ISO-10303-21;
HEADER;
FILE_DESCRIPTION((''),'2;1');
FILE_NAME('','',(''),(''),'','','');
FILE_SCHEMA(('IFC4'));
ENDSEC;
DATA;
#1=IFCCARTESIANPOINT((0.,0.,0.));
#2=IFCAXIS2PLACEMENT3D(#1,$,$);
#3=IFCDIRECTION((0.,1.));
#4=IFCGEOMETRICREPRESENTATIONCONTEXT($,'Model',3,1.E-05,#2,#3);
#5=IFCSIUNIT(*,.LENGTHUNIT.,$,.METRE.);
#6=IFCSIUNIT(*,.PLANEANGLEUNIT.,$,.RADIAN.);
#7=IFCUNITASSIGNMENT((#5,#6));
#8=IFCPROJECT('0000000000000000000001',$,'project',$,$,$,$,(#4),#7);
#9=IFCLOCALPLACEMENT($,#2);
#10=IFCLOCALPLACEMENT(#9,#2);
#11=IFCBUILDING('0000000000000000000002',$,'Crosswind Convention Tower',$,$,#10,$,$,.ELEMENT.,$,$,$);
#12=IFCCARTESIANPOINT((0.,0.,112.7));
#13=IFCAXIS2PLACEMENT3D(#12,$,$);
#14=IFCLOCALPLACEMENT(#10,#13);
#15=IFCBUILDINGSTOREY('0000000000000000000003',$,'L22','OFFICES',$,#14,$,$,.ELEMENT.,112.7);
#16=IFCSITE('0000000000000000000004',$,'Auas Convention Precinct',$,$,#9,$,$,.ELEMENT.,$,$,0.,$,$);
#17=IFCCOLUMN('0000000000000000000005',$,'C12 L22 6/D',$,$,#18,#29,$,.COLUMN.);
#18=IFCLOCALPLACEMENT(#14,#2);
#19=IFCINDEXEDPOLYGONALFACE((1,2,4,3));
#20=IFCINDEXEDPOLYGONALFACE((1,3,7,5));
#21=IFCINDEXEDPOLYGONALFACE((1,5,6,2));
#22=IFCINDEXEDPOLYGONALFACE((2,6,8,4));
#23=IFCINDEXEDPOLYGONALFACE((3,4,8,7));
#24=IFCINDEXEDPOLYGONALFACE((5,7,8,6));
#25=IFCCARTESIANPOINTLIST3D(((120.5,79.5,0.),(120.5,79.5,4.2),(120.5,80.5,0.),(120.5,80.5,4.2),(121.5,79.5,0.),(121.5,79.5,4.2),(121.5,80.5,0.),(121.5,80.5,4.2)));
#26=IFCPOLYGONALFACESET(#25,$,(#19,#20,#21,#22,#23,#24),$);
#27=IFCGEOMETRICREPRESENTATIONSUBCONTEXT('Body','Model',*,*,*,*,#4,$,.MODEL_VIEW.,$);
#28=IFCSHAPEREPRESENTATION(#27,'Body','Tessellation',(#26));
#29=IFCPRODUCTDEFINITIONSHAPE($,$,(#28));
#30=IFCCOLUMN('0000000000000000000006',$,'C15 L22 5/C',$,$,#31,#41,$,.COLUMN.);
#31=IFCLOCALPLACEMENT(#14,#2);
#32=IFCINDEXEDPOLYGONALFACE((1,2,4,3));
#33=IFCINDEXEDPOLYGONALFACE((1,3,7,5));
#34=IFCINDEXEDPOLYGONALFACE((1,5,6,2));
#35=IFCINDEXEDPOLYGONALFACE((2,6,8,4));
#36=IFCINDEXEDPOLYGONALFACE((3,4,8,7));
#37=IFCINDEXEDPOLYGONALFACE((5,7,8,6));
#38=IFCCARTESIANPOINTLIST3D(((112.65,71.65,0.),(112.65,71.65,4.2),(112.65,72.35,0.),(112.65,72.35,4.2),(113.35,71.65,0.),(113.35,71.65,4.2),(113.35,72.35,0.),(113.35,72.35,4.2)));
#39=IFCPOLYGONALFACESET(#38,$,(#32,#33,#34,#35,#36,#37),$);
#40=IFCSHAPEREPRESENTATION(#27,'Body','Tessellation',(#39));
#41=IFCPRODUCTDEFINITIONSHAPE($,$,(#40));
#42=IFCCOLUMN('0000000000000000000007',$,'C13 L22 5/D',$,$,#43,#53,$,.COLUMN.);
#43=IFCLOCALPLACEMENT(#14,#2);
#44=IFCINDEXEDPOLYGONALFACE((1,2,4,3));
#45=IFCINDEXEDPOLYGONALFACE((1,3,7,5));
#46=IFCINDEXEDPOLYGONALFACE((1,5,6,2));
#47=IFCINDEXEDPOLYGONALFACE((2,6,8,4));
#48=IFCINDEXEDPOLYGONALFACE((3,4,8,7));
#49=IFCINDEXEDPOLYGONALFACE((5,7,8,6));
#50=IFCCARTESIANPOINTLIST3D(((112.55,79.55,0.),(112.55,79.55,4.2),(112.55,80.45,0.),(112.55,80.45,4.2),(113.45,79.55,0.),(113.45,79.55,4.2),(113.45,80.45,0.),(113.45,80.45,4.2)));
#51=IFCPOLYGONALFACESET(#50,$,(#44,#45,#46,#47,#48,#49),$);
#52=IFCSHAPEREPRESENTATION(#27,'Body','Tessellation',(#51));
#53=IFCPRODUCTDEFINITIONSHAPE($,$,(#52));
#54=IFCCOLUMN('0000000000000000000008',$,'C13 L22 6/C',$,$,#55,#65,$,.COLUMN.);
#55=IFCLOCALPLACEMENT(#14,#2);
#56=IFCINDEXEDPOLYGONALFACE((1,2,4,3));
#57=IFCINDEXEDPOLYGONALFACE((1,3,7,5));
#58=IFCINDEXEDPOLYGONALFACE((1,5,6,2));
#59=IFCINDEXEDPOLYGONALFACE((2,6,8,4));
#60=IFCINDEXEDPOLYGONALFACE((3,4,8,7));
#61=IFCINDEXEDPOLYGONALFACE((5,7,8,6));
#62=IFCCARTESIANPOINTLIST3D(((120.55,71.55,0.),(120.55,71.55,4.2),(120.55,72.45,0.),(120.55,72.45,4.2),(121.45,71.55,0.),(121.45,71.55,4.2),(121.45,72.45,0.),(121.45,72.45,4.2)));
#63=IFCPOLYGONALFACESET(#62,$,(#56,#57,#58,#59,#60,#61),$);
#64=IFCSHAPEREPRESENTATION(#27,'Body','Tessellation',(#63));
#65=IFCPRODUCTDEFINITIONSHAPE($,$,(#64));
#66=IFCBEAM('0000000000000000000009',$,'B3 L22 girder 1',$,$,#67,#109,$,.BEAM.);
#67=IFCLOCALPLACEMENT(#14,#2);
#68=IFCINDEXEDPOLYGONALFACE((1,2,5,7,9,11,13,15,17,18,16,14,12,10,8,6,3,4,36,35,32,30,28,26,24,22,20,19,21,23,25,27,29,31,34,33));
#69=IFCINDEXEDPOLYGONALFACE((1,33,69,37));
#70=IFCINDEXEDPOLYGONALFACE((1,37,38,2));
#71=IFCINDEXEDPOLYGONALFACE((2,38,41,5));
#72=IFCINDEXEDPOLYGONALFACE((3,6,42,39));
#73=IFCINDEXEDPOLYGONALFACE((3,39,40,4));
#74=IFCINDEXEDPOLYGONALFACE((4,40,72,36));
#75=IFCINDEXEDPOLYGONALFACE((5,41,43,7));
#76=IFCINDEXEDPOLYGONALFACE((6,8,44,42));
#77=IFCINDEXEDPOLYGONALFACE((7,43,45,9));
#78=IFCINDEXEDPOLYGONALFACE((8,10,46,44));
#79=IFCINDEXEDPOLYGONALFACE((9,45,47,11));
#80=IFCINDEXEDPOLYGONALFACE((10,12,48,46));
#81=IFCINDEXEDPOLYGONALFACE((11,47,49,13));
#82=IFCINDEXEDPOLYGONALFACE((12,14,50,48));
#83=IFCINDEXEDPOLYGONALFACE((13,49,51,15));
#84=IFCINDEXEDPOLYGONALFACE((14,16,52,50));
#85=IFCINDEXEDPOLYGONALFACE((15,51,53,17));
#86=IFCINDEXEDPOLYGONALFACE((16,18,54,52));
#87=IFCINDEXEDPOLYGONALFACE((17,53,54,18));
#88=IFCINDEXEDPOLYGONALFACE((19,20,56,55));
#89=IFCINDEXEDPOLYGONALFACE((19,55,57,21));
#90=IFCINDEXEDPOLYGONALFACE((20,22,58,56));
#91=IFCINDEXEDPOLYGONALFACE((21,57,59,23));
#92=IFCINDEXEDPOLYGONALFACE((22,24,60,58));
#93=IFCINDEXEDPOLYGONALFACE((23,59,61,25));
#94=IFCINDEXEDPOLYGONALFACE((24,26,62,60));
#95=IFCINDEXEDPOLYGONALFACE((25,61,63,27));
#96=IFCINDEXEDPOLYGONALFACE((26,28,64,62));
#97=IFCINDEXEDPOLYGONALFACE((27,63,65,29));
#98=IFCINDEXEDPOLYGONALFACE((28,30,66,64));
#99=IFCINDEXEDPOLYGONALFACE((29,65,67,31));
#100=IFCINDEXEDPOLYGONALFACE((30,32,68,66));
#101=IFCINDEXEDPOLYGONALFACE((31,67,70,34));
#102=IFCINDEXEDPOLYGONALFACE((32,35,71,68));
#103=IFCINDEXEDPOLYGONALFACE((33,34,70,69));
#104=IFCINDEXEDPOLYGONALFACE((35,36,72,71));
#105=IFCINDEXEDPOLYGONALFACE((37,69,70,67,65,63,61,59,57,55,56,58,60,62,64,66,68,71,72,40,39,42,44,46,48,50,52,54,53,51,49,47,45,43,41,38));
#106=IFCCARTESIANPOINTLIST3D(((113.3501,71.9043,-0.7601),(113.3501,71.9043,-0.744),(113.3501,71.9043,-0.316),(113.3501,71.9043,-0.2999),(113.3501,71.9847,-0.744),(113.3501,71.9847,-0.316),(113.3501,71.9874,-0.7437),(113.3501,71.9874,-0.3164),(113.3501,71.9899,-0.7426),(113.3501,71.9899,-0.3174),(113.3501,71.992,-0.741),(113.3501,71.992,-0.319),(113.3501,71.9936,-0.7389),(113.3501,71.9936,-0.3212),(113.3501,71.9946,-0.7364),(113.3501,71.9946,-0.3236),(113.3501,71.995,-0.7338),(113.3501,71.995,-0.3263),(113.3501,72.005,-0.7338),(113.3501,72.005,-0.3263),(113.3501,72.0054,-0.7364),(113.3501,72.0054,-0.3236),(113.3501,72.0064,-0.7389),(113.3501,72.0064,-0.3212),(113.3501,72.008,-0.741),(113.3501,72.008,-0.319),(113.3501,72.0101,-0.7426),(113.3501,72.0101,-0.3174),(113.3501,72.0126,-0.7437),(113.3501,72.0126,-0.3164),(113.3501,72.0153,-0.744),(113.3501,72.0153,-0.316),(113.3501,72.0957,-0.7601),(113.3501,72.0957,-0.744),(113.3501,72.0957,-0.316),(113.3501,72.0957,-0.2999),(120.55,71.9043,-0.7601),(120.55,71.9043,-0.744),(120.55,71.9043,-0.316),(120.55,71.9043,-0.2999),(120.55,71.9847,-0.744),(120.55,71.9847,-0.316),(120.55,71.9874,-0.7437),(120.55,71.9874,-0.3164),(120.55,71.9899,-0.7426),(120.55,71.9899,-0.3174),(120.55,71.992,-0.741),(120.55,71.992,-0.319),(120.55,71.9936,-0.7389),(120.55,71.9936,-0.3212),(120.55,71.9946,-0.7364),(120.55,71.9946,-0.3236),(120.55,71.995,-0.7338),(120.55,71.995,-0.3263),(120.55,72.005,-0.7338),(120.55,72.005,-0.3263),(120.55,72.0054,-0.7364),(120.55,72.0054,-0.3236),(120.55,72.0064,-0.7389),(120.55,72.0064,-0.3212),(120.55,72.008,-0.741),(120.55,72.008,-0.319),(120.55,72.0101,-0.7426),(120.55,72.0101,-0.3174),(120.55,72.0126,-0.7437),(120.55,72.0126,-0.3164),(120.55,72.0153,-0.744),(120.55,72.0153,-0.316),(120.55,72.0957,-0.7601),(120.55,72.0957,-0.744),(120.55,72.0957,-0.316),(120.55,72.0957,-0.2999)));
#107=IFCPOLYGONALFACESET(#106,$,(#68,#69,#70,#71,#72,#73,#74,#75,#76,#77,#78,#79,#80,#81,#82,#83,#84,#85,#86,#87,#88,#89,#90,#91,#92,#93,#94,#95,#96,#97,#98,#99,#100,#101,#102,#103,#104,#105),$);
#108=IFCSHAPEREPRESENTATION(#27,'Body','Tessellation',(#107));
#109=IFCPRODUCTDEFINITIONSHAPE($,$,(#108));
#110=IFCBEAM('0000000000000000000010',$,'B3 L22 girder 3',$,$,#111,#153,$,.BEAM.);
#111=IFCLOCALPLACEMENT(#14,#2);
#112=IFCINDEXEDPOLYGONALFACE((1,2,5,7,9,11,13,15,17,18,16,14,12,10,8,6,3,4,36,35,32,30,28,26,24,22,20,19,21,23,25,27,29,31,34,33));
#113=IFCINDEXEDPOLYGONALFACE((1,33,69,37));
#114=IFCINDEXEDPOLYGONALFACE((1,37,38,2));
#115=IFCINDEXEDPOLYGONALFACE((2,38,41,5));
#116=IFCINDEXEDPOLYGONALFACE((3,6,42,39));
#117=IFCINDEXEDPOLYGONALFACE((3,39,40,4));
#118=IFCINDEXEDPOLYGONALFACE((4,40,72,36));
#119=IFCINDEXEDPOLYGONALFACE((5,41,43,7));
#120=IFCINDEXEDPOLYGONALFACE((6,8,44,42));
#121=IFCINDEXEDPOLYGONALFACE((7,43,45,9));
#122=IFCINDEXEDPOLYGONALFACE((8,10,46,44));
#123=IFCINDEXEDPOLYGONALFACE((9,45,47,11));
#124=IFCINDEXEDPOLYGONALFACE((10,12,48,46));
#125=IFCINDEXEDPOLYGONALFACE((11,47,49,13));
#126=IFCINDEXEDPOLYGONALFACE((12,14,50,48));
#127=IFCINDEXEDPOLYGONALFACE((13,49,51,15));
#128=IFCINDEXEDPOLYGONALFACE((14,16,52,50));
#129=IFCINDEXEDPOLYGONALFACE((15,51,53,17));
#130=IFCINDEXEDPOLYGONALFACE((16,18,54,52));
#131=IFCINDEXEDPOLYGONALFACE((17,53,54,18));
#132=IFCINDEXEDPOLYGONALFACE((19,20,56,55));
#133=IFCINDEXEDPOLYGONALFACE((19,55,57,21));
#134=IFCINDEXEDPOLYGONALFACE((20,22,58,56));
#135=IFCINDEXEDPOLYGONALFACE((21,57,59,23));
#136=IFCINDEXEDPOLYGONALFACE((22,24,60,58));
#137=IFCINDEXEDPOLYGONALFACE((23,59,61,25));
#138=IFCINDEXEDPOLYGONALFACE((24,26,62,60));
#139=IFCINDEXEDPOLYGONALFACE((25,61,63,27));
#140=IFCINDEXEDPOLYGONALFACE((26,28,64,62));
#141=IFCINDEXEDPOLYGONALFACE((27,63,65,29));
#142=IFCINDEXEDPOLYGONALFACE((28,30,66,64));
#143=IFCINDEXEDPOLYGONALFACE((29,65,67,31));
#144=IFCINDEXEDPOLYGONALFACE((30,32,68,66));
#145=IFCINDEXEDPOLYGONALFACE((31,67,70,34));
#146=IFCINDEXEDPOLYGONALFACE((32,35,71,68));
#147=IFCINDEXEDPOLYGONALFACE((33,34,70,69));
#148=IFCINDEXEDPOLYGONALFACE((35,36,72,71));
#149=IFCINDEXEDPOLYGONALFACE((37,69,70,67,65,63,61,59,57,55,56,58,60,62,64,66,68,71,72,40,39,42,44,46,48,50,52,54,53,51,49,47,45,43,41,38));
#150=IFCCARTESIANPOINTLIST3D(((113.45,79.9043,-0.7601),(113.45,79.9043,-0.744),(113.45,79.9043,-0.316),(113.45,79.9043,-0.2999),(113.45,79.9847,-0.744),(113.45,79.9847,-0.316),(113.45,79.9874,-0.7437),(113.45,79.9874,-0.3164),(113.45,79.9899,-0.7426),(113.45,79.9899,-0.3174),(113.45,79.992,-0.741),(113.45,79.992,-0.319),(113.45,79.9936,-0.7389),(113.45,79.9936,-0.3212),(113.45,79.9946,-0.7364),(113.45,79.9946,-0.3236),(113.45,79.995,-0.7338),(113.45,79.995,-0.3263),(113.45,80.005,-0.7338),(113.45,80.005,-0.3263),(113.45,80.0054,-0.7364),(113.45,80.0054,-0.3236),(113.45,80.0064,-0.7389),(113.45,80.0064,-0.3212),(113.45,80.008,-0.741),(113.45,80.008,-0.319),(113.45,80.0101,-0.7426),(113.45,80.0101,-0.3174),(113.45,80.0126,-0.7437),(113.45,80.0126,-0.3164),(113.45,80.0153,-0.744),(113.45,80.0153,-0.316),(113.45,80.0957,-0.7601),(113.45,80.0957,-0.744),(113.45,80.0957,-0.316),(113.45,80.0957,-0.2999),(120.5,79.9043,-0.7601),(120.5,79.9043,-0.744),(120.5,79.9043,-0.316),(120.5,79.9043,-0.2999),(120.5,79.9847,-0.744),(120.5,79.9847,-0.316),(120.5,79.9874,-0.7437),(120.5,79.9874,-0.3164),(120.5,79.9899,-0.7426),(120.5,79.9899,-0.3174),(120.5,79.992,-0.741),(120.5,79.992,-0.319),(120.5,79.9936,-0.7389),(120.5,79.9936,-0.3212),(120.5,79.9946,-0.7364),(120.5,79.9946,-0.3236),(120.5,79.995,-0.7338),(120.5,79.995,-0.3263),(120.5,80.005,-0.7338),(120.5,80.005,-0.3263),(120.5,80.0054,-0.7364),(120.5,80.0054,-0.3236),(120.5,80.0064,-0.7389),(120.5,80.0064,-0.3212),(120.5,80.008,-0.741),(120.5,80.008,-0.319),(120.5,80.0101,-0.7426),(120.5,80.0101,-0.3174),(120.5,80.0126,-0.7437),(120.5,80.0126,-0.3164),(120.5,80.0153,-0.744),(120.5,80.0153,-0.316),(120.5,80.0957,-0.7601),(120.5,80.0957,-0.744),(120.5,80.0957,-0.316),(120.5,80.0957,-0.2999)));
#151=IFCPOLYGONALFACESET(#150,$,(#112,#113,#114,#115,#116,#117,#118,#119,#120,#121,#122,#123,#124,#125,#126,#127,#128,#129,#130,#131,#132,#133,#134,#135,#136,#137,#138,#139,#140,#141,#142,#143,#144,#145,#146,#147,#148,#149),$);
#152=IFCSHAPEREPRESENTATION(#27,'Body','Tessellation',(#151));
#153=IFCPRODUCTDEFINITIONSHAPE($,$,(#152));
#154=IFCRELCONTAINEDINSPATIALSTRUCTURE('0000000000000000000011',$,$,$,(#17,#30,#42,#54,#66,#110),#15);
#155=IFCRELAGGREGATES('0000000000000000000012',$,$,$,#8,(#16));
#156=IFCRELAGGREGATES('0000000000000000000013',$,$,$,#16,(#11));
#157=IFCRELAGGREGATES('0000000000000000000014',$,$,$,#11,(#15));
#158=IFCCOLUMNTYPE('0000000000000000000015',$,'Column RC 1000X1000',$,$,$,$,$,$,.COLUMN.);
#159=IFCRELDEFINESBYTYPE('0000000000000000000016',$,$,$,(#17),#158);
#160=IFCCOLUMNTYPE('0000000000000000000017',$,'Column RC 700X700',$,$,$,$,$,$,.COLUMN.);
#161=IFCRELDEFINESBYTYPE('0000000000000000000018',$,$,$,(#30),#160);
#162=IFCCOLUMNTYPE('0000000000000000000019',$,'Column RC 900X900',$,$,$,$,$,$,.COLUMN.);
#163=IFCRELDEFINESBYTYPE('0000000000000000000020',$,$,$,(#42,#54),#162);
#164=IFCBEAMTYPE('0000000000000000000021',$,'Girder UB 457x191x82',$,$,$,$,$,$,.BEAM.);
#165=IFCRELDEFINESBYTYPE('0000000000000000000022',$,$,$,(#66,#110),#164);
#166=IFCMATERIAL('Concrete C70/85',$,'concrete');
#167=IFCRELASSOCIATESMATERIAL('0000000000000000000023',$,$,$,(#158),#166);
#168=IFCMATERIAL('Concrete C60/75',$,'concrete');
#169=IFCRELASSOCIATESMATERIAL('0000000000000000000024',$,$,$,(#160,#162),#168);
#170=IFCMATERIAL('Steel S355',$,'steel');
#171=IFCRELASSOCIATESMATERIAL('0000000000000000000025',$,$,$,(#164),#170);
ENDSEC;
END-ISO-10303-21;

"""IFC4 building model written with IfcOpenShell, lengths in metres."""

from ifc_helpers import new_model, si_unit, direction, frame, origin, origin_2d, place, context, subcontext, project, spatial, rectangle, i_section, extrude, material, material_profile, profile_set, type_object, element, save


model = new_model("IFC4")

# Units and contexts
model_context = context("Model", 3, precision=1e-05, world=origin(), true_north=direction((0.0, 1.0)))
body_context = subcontext(model_context, "Body", "Model", "MODEL_VIEW")
ifc_project = project(units=[si_unit("LENGTHUNIT", "METRE"), si_unit("PLANEANGLEUNIT", "RADIAN")], contexts=[model_context])

# Site, building, storey
site_placement = place(None, origin())
site = spatial("IfcSite", under=ifc_project, at=site_placement, Name="Auas Convention Precinct", CompositionType="ELEMENT", RefElevation=0.0)
building_placement = place(site_placement, origin())
building = spatial("IfcBuilding", under=site, at=building_placement, Name="Crosswind Convention Tower", CompositionType="ELEMENT")
storey_placement = place(building_placement, frame((0.0, 0.0, 112.7)))
storey = spatial("IfcBuildingStorey", under=building, at=storey_placement, Name="L22", Description="OFFICES", CompositionType="ELEMENT", Elevation=112.7)

# Columns
ifc_material_1 = material(Name="Concrete C70/85", Category="concrete")
ifc_material_profile_1 = material_profile(ifc_material_1, rectangle(XDim=1.0, YDim=1.0, at=origin_2d()), Name="RC 1000X1000")
ifc_profile_set_1 = profile_set([ifc_material_profile_1], Name="Concrete C70/85")
column_type_1 = type_object("IfcColumnType", Name="Column RC 1000X1000", PredefinedType="COLUMN", material=ifc_profile_set_1)
column_1_placement = place(storey_placement, frame((121.0, 80.0, 0.0), z_axis=(0.0, 0.0, 1.0), x_axis=(1.0, 0.0, 0.0)))
element("IfcColumn", 1, at=column_1_placement, inside=storey, type_object=column_type_1, Name="C12 L22 6/D", PredefinedType="COLUMN", context=body_context, shape_type="SweptSolid", body=[
    extrude(rectangle(XDim=1.0, YDim=1.0, at=origin_2d()), origin(), (0.0, 0.0, 1.0), 4.2),
])
ifc_material_2 = material(Name="Concrete C60/75", Category="concrete")
ifc_material_profile_2 = material_profile(ifc_material_2, rectangle(XDim=0.7, YDim=0.7, at=origin_2d()), Name="RC 700X700")
ifc_profile_set_2 = profile_set([ifc_material_profile_2], Name="Concrete C60/75")
column_type_2 = type_object("IfcColumnType", Name="Column RC 700X700", PredefinedType="COLUMN", material=ifc_profile_set_2)
column_2_placement = place(storey_placement, frame((113.0, 72.0, 0.0), z_axis=(0.0, 0.0, 1.0), x_axis=(1.0, 0.0, 0.0)))
element("IfcColumn", 2, at=column_2_placement, inside=storey, type_object=column_type_2, Name="C15 L22 5/C", PredefinedType="COLUMN", context=body_context, shape_type="SweptSolid", body=[
    extrude(rectangle(XDim=0.7, YDim=0.7, at=origin_2d()), origin(), (0.0, 0.0, 1.0), 4.2),
])
ifc_material_profile_3 = material_profile(ifc_material_2, rectangle(XDim=0.8999, YDim=0.8999, at=origin_2d()), Name="RC 900X900")
ifc_profile_set_3 = profile_set([ifc_material_profile_3], Name="Concrete C60/75")
column_type_3 = type_object("IfcColumnType", Name="Column RC 900X900", PredefinedType="COLUMN", material=ifc_profile_set_3)
for number, where, z_axis, x_axis, name in (
    (3, (113.0, 80.0, 0.0), (0.0, 0.0, 1.0), (1.0, 0.0, 0.0), "C13 L22 5/D"),
    (4, (121.0, 72.0, 0.0), (0.0, 0.0, 1.0), (1.0, 0.0, 0.0), "C13 L22 6/C"),
):
    element("IfcColumn", number, at=place(storey_placement, frame(where, z_axis=z_axis, x_axis=x_axis)), inside=storey, type_object=column_type_3, Name=name, PredefinedType="COLUMN", context=body_context, shape_type="SweptSolid", body=[
        extrude(rectangle(XDim=0.8999, YDim=0.8999, at=origin_2d()), origin(), (0.0, 0.0, 1.0), 4.2),
    ])

# Beams
ifc_material_3 = material(Name="Steel S355", Category="steel")
ifc_material_profile_4 = material_profile(ifc_material_3, i_section(OverallWidth=0.1914, OverallDepth=0.4602, WebThickness=0.01, FlangeThickness=0.0161, FilletRadius=0.0103, at=origin_2d()), Name="UB 457x191x82")
ifc_profile_set_4 = profile_set([ifc_material_profile_4], Name="Steel S355")
beam_type_1 = type_object("IfcBeamType", Name="Girder UB 457x191x82", PredefinedType="BEAM", material=ifc_profile_set_4)
beam_1_placement = place(storey_placement, frame((113.3501, 72.0, -0.53), z_axis=(1.0, 0.0, 0.0), x_axis=(0.0, 1.0, 0.0)))
element("IfcBeam", 5, at=beam_1_placement, inside=storey, type_object=beam_type_1, Name="B3 L22 girder 1", PredefinedType="BEAM", context=body_context, shape_type="SweptSolid", body=[
    extrude(i_section(OverallWidth=0.1914, OverallDepth=0.4602, WebThickness=0.01, FlangeThickness=0.0161, FilletRadius=0.0103, at=origin_2d()), origin(), (0.0, 0.0, 1.0), 7.2),
])
beam_2_placement = place(storey_placement, frame((113.45, 80.0, -0.53), z_axis=(1.0, 0.0, 0.0), x_axis=(0.0, 1.0, 0.0)))
element("IfcBeam", 6, at=beam_2_placement, inside=storey, type_object=beam_type_1, Name="B3 L22 girder 3", PredefinedType="BEAM", context=body_context, shape_type="SweptSolid", body=[
    extrude(i_section(OverallWidth=0.1914, OverallDepth=0.4602, WebThickness=0.01, FlangeThickness=0.0161, FilletRadius=0.0103, at=origin_2d()), origin(), (0.0, 0.0, 1.0), 7.05),
])

save(model, "model.ifc")
